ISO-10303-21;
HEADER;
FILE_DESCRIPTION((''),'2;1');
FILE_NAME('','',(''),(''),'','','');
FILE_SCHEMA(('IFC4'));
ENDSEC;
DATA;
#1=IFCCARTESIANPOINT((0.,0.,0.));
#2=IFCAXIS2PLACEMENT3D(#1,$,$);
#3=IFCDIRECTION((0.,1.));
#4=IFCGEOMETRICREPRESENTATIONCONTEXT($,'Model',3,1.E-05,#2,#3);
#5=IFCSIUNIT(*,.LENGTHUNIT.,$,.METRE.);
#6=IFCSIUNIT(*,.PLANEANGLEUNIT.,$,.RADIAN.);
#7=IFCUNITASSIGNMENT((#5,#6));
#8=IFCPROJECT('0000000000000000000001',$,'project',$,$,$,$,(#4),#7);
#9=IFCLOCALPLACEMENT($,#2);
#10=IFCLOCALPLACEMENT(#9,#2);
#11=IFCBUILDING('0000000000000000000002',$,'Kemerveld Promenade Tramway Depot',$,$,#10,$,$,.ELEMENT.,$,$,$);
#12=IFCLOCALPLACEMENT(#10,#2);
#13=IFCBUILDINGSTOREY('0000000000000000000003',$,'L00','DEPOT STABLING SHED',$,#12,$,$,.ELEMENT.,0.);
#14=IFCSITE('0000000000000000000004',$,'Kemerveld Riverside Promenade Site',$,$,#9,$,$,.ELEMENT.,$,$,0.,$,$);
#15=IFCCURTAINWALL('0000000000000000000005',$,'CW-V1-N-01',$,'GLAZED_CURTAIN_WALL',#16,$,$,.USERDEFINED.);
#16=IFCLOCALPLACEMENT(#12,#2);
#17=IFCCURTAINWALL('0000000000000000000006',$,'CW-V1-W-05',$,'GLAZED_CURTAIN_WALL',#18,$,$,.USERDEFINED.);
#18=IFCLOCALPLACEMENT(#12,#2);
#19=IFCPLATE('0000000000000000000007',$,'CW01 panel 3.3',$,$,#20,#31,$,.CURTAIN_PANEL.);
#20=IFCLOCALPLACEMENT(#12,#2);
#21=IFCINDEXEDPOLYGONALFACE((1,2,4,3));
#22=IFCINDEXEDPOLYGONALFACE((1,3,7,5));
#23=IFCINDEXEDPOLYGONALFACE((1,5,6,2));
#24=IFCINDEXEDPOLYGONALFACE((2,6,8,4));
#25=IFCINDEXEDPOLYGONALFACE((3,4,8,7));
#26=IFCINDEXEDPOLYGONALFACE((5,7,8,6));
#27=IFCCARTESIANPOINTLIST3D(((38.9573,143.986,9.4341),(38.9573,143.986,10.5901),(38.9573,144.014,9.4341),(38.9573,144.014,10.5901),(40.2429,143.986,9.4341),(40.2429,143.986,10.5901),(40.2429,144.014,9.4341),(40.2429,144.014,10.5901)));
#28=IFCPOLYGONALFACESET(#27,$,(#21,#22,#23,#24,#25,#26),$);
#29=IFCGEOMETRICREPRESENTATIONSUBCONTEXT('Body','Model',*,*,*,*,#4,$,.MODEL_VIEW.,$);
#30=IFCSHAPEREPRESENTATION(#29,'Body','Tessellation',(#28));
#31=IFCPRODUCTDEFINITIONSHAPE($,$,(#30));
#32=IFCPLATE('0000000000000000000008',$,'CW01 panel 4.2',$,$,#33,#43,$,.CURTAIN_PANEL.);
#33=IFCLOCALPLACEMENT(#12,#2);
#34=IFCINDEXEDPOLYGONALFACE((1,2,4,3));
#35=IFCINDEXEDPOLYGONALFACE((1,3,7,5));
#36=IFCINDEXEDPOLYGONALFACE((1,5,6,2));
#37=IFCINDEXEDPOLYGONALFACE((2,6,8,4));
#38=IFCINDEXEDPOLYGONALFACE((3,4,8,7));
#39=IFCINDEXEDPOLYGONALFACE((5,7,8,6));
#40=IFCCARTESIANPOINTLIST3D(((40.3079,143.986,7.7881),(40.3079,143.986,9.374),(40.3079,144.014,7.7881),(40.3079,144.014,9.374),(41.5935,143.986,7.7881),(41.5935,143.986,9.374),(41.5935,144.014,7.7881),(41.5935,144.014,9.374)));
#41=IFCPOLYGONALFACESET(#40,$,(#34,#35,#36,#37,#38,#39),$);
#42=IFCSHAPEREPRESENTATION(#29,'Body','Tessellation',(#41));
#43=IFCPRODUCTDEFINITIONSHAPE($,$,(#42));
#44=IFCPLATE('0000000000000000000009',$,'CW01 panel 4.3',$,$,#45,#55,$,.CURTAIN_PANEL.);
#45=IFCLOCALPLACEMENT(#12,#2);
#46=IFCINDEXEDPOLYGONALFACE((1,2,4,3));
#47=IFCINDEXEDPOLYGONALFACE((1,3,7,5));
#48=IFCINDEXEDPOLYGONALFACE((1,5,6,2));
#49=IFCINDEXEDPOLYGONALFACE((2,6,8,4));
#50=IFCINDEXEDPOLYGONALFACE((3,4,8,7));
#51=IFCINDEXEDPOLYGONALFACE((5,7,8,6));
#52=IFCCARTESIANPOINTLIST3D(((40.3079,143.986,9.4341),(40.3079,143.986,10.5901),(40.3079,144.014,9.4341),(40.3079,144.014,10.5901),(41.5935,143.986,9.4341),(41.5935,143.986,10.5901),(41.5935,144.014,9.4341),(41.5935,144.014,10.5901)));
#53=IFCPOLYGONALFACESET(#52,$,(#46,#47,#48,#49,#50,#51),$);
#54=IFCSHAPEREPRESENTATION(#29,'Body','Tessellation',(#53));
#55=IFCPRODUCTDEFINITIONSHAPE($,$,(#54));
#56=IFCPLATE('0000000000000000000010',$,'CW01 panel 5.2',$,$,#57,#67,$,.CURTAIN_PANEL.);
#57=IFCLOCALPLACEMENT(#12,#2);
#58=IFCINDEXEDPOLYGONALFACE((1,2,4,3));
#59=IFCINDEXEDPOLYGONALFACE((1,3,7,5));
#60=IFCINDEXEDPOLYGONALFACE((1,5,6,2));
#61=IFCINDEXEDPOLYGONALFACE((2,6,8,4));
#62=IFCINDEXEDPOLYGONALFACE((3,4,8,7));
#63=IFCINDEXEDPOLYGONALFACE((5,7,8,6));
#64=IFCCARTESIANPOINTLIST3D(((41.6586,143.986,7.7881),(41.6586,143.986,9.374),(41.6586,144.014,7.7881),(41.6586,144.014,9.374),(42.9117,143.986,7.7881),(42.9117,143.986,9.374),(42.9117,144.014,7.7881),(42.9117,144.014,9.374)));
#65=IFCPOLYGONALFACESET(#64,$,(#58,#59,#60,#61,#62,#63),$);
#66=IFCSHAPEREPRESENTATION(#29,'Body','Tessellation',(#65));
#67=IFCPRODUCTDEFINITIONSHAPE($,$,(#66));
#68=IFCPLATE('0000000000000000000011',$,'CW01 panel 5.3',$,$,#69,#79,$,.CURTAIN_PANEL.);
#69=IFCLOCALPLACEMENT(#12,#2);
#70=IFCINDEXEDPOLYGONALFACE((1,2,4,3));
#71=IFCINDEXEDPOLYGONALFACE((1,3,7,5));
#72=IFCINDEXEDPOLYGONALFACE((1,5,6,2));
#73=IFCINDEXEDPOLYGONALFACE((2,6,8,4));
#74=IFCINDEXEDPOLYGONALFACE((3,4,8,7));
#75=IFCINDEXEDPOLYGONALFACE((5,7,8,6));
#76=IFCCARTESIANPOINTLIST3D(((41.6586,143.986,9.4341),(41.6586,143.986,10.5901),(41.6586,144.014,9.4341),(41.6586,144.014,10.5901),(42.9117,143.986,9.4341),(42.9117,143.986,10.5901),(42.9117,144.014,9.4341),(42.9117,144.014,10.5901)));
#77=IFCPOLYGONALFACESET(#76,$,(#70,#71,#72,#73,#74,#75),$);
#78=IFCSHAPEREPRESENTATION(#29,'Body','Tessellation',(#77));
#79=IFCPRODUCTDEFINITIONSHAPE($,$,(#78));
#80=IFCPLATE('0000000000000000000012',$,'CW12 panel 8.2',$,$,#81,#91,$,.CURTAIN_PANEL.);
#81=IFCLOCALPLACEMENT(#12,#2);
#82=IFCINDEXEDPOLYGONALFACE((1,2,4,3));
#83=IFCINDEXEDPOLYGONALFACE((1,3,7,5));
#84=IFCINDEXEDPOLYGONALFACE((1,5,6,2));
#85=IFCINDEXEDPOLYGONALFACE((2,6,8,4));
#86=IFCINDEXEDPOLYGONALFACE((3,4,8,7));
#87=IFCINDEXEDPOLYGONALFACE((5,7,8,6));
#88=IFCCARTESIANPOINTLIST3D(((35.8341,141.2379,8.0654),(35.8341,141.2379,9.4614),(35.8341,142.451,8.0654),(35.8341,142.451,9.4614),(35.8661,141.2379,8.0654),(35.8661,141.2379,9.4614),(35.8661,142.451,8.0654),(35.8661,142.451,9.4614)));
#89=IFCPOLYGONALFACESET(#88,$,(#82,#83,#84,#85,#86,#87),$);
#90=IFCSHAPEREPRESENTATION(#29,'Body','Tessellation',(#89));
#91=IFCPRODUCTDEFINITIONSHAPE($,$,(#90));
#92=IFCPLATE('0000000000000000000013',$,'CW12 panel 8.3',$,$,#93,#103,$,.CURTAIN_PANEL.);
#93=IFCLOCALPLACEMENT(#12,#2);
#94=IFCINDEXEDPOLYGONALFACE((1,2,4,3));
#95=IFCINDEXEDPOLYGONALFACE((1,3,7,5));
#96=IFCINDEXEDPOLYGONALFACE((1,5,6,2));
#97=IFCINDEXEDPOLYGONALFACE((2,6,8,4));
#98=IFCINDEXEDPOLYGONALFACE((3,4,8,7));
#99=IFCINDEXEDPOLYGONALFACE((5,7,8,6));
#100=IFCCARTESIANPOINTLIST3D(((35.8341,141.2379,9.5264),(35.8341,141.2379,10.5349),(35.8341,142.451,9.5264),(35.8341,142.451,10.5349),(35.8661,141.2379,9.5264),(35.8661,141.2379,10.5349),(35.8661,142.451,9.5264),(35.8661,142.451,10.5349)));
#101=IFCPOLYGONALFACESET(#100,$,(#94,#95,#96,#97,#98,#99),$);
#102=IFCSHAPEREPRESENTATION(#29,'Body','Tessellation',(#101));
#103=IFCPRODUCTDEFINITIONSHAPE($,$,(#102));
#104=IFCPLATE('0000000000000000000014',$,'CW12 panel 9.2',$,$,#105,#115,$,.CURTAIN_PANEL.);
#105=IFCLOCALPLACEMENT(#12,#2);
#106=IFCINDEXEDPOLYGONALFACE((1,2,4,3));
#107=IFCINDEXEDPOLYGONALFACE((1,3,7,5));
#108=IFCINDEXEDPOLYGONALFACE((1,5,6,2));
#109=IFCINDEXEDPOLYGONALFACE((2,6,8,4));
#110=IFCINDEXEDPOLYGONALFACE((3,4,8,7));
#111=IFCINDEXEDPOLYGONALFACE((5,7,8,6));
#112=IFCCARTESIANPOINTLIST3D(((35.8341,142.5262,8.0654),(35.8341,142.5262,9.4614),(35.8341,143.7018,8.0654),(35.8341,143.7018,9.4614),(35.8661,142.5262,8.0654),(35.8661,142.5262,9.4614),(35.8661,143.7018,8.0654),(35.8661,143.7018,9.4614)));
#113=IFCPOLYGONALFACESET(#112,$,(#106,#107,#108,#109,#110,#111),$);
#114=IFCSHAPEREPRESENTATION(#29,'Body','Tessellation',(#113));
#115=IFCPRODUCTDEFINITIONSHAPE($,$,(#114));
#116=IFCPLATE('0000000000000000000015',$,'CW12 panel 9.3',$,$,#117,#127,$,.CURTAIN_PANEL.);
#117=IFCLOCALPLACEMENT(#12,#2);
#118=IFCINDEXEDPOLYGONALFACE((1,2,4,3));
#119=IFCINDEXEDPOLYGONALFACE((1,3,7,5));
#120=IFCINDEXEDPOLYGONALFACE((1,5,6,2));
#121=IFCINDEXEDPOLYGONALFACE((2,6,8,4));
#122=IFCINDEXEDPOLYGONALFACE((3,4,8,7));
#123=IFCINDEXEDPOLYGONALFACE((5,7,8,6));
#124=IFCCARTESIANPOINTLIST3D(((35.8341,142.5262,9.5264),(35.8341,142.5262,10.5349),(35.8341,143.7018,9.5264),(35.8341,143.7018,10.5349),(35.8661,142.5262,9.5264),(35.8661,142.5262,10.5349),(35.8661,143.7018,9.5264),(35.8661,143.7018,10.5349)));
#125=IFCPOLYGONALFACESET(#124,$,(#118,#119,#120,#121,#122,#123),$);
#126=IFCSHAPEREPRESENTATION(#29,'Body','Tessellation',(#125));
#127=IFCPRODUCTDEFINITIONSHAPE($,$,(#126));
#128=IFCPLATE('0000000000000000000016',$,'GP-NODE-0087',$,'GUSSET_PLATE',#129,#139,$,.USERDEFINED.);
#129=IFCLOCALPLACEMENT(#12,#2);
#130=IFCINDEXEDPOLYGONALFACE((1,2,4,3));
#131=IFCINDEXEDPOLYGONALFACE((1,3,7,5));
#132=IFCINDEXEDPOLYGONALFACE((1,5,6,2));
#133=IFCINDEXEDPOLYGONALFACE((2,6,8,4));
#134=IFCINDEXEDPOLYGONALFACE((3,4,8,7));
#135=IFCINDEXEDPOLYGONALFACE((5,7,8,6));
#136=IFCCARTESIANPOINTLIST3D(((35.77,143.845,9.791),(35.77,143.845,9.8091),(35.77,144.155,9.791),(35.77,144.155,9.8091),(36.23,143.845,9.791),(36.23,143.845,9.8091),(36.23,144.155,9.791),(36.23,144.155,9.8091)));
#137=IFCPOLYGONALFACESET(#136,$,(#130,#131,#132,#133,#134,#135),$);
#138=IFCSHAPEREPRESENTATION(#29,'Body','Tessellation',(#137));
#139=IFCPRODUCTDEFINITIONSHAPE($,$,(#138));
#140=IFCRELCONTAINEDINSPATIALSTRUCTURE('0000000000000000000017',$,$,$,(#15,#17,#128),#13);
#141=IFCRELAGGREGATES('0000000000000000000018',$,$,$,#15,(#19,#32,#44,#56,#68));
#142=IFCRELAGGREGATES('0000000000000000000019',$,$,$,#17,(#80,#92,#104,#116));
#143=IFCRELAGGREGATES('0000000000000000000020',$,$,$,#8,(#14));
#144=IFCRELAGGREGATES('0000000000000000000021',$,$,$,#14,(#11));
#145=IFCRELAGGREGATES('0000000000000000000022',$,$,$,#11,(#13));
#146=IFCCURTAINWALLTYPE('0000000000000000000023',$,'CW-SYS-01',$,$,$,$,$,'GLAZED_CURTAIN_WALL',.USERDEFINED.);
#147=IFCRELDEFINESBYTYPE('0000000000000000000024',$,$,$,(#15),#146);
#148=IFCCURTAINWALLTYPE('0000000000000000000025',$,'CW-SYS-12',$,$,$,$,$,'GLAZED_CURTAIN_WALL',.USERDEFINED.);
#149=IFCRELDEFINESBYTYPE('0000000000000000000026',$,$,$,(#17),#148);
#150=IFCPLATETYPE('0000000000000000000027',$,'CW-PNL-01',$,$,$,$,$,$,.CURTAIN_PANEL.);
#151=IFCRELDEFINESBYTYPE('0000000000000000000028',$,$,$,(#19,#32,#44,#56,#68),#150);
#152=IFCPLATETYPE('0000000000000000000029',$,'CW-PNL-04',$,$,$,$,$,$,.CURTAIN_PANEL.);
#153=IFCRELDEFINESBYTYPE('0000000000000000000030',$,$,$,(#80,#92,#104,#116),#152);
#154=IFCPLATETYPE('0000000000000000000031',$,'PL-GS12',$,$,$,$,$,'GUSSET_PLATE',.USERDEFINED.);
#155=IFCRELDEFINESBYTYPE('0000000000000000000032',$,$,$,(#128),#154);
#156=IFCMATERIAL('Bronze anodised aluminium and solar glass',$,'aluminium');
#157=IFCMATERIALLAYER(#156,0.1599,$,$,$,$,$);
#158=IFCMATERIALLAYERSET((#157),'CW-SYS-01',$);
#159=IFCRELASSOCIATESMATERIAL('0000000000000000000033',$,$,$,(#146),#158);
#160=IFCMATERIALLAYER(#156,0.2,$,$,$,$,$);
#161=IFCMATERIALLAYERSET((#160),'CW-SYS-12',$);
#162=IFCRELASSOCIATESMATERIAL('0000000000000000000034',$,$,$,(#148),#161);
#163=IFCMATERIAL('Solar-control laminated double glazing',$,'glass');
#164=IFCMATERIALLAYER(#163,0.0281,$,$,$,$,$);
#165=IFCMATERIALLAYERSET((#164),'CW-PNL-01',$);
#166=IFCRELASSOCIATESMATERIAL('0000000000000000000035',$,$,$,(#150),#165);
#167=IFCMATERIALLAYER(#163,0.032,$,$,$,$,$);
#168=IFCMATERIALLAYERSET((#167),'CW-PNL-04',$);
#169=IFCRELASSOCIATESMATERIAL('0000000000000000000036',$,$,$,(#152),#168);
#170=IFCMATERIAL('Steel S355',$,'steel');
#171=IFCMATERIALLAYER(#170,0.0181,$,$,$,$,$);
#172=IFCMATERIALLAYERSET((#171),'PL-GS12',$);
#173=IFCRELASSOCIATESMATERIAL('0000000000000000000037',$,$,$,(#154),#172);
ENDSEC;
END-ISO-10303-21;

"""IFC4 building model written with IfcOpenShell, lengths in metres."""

from ifc_helpers import new_model, si_unit, direction, frame, origin, origin_2d, place, context, subcontext, project, spatial, rectangle, extrude, material, layer, layer_set, type_object, element, aggregate, save


model = new_model("IFC4")

# Units and contexts
model_context = context("Model", 3, precision=1e-05, world=origin(), true_north=direction((0.0, 1.0)))
body_context = subcontext(model_context, "Body", "Model", "MODEL_VIEW")
ifc_project = project(units=[si_unit("LENGTHUNIT", "METRE"), si_unit("PLANEANGLEUNIT", "RADIAN")], contexts=[model_context])

# Site, building, storey
site_placement = place(None, origin())
site = spatial("IfcSite", under=ifc_project, at=site_placement, Name="Kemerveld Riverside Promenade Site", CompositionType="ELEMENT", RefElevation=0.0)
building_placement = place(site_placement, origin())
building = spatial("IfcBuilding", under=site, at=building_placement, Name="Kemerveld Promenade Tramway Depot", CompositionType="ELEMENT")
storey_placement = place(building_placement, origin())
storey = spatial("IfcBuildingStorey", under=building, at=storey_placement, Name="L00", Description="DEPOT STABLING SHED", CompositionType="ELEMENT", Elevation=0.0)

# Shared definitions
ifc_material_1 = material(Name="Steel S355", Category="steel")

# Curtain walls
ifc_material_2 = material(Name="Bronze anodised aluminium and solar glass", Category="aluminium")
ifc_layer_1 = layer(ifc_material_2, 0.1599)
ifc_layer_set_1 = layer_set([ifc_layer_1], Name="CW-SYS-01")
curtain_wall_type_1 = type_object("IfcCurtainWallType", Name="CW-SYS-01", ElementType="GLAZED_CURTAIN_WALL", PredefinedType="USERDEFINED", material=ifc_layer_set_1)
curtain_wall_1_placement = place(storey_placement, origin())
curtain_wall_1 = element("IfcCurtainWall", 1, at=curtain_wall_1_placement, inside=storey, type_object=curtain_wall_type_1, Name="CW-V1-N-01", ObjectType="GLAZED_CURTAIN_WALL", PredefinedType="USERDEFINED")
ifc_layer_2 = layer(ifc_material_2, 0.2)
ifc_layer_set_2 = layer_set([ifc_layer_2], Name="CW-SYS-12")
curtain_wall_type_2 = type_object("IfcCurtainWallType", Name="CW-SYS-12", ElementType="GLAZED_CURTAIN_WALL", PredefinedType="USERDEFINED", material=ifc_layer_set_2)
curtain_wall_2_placement = place(storey_placement, origin())
curtain_wall_2 = element("IfcCurtainWall", 2, at=curtain_wall_2_placement, inside=storey, type_object=curtain_wall_type_2, Name="CW-V1-W-05", ObjectType="GLAZED_CURTAIN_WALL", PredefinedType="USERDEFINED")

# Plates
ifc_material_3 = material(Name="Solar-control laminated double glazing", Category="glass")
ifc_layer_3 = layer(ifc_material_3, 0.0281)
ifc_layer_set_3 = layer_set([ifc_layer_3], Name="CW-PNL-01")
plate_type_1 = type_object("IfcPlateType", Name="CW-PNL-01", PredefinedType="CURTAIN_PANEL", material=ifc_layer_set_3)
plate_1_placement = place(storey_placement, frame((39.6001, 144.0, 9.4341), z_axis=(0.0, 0.0, 1.0), x_axis=(1.0, 0.0, 0.0)))
plate_1 = element("IfcPlate", 3, at=plate_1_placement, type_object=plate_type_1, Name="CW01 panel 3.3", PredefinedType="CURTAIN_PANEL", context=body_context, shape_type="SweptSolid", body=[
    extrude(rectangle(XDim=1.2856, YDim=0.0281, at=origin_2d()), origin(), (0.0, 0.0, 1.0), 1.156),
])
plate_2_placement = place(storey_placement, frame((40.9507, 144.0, 7.7881), z_axis=(0.0, 0.0, 1.0), x_axis=(1.0, 0.0, 0.0)))
plate_2 = element("IfcPlate", 4, at=plate_2_placement, type_object=plate_type_1, Name="CW01 panel 4.2", PredefinedType="CURTAIN_PANEL", context=body_context, shape_type="SweptSolid", body=[
    extrude(rectangle(XDim=1.2856, YDim=0.0281, at=origin_2d()), origin(), (0.0, 0.0, 1.0), 1.5859),
])
plate_3_placement = place(storey_placement, frame((40.9507, 144.0, 9.4341), z_axis=(0.0, 0.0, 1.0), x_axis=(1.0, 0.0, 0.0)))
plate_3 = element("IfcPlate", 5, at=plate_3_placement, type_object=plate_type_1, Name="CW01 panel 4.3", PredefinedType="CURTAIN_PANEL", context=body_context, shape_type="SweptSolid", body=[
    extrude(rectangle(XDim=1.2856, YDim=0.0281, at=origin_2d()), origin(), (0.0, 0.0, 1.0), 1.156),
])
plate_4_placement = place(storey_placement, frame((42.2852, 144.0, 7.7881), z_axis=(0.0, 0.0, 1.0), x_axis=(1.0, 0.0, 0.0)))
plate_4 = element("IfcPlate", 6, at=plate_4_placement, type_object=plate_type_1, Name="CW01 panel 5.2", PredefinedType="CURTAIN_PANEL", context=body_context, shape_type="SweptSolid", body=[
    extrude(rectangle(XDim=1.2532, YDim=0.0281, at=origin_2d()), origin(), (0.0, 0.0, 1.0), 1.5859),
])
plate_5_placement = place(storey_placement, frame((42.2852, 144.0, 9.4341), z_axis=(0.0, 0.0, 1.0), x_axis=(1.0, 0.0, 0.0)))
plate_5 = element("IfcPlate", 7, at=plate_5_placement, type_object=plate_type_1, Name="CW01 panel 5.3", PredefinedType="CURTAIN_PANEL", context=body_context, shape_type="SweptSolid", body=[
    extrude(rectangle(XDim=1.2532, YDim=0.0281, at=origin_2d()), origin(), (0.0, 0.0, 1.0), 1.156),
])
aggregate(curtain_wall_1, [plate_1, plate_2, plate_3, plate_4, plate_5])
ifc_layer_4 = layer(ifc_material_3, 0.032)
ifc_layer_set_4 = layer_set([ifc_layer_4], Name="CW-PNL-04")
plate_type_2 = type_object("IfcPlateType", Name="CW-PNL-04", PredefinedType="CURTAIN_PANEL", material=ifc_layer_set_4)
plate_6_placement = place(storey_placement, frame((35.8501, 141.8445, 8.0654), z_axis=(0.0, 0.0, 1.0), x_axis=(0.0, 1.0, 0.0)))
plate_6 = element("IfcPlate", 8, at=plate_6_placement, type_object=plate_type_2, Name="CW12 panel 8.2", PredefinedType="CURTAIN_PANEL", context=body_context, shape_type="SweptSolid", body=[
    extrude(rectangle(XDim=1.2131, YDim=0.032, at=origin_2d()), origin(), (0.0, 0.0, 1.0), 1.396),
])
plate_7_placement = place(storey_placement, frame((35.8501, 141.8445, 9.5264), z_axis=(0.0, 0.0, 1.0), x_axis=(0.0, 1.0, 0.0)))
plate_7 = element("IfcPlate", 9, at=plate_7_placement, type_object=plate_type_2, Name="CW12 panel 8.3", PredefinedType="CURTAIN_PANEL", context=body_context, shape_type="SweptSolid", body=[
    extrude(rectangle(XDim=1.2131, YDim=0.032, at=origin_2d()), origin(), (0.0, 0.0, 1.0), 1.0085),
])
plate_8_placement = place(storey_placement, frame((35.8501, 143.114, 8.0654), z_axis=(0.0, 0.0, 1.0), x_axis=(0.0, 1.0, 0.0)))
plate_8 = element("IfcPlate", 10, at=plate_8_placement, type_object=plate_type_2, Name="CW12 panel 9.2", PredefinedType="CURTAIN_PANEL", context=body_context, shape_type="SweptSolid", body=[
    extrude(rectangle(XDim=1.1755, YDim=0.032, at=origin_2d()), origin(), (0.0, 0.0, 1.0), 1.396),
])
plate_9_placement = place(storey_placement, frame((35.8501, 143.114, 9.5264), z_axis=(0.0, 0.0, 1.0), x_axis=(0.0, 1.0, 0.0)))
plate_9 = element("IfcPlate", 11, at=plate_9_placement, type_object=plate_type_2, Name="CW12 panel 9.3", PredefinedType="CURTAIN_PANEL", context=body_context, shape_type="SweptSolid", body=[
    extrude(rectangle(XDim=1.1755, YDim=0.032, at=origin_2d()), origin(), (0.0, 0.0, 1.0), 1.0085),
])
aggregate(curtain_wall_2, [plate_6, plate_7, plate_8, plate_9])
ifc_layer_5 = layer(ifc_material_1, 0.0181)
ifc_layer_set_5 = layer_set([ifc_layer_5], Name="PL-GS12")
plate_type_3 = type_object("IfcPlateType", Name="PL-GS12", ElementType="GUSSET_PLATE", PredefinedType="USERDEFINED", material=ifc_layer_set_5)
plate_10_placement = place(storey_placement, frame((36.0, 144.0, 9.791), z_axis=(0.0, 0.0, 1.0), x_axis=(1.0, 0.0, 0.0)))
element("IfcPlate", 12, at=plate_10_placement, inside=storey, type_object=plate_type_3, Name="GP-NODE-0087", ObjectType="GUSSET_PLATE", PredefinedType="USERDEFINED", context=body_context, shape_type="SweptSolid", body=[
    extrude(rectangle(XDim=0.46, YDim=0.3101, at=origin_2d()), origin(), (0.0, 0.0, 1.0), 0.0181),
])

save(model, "model.ifc")
